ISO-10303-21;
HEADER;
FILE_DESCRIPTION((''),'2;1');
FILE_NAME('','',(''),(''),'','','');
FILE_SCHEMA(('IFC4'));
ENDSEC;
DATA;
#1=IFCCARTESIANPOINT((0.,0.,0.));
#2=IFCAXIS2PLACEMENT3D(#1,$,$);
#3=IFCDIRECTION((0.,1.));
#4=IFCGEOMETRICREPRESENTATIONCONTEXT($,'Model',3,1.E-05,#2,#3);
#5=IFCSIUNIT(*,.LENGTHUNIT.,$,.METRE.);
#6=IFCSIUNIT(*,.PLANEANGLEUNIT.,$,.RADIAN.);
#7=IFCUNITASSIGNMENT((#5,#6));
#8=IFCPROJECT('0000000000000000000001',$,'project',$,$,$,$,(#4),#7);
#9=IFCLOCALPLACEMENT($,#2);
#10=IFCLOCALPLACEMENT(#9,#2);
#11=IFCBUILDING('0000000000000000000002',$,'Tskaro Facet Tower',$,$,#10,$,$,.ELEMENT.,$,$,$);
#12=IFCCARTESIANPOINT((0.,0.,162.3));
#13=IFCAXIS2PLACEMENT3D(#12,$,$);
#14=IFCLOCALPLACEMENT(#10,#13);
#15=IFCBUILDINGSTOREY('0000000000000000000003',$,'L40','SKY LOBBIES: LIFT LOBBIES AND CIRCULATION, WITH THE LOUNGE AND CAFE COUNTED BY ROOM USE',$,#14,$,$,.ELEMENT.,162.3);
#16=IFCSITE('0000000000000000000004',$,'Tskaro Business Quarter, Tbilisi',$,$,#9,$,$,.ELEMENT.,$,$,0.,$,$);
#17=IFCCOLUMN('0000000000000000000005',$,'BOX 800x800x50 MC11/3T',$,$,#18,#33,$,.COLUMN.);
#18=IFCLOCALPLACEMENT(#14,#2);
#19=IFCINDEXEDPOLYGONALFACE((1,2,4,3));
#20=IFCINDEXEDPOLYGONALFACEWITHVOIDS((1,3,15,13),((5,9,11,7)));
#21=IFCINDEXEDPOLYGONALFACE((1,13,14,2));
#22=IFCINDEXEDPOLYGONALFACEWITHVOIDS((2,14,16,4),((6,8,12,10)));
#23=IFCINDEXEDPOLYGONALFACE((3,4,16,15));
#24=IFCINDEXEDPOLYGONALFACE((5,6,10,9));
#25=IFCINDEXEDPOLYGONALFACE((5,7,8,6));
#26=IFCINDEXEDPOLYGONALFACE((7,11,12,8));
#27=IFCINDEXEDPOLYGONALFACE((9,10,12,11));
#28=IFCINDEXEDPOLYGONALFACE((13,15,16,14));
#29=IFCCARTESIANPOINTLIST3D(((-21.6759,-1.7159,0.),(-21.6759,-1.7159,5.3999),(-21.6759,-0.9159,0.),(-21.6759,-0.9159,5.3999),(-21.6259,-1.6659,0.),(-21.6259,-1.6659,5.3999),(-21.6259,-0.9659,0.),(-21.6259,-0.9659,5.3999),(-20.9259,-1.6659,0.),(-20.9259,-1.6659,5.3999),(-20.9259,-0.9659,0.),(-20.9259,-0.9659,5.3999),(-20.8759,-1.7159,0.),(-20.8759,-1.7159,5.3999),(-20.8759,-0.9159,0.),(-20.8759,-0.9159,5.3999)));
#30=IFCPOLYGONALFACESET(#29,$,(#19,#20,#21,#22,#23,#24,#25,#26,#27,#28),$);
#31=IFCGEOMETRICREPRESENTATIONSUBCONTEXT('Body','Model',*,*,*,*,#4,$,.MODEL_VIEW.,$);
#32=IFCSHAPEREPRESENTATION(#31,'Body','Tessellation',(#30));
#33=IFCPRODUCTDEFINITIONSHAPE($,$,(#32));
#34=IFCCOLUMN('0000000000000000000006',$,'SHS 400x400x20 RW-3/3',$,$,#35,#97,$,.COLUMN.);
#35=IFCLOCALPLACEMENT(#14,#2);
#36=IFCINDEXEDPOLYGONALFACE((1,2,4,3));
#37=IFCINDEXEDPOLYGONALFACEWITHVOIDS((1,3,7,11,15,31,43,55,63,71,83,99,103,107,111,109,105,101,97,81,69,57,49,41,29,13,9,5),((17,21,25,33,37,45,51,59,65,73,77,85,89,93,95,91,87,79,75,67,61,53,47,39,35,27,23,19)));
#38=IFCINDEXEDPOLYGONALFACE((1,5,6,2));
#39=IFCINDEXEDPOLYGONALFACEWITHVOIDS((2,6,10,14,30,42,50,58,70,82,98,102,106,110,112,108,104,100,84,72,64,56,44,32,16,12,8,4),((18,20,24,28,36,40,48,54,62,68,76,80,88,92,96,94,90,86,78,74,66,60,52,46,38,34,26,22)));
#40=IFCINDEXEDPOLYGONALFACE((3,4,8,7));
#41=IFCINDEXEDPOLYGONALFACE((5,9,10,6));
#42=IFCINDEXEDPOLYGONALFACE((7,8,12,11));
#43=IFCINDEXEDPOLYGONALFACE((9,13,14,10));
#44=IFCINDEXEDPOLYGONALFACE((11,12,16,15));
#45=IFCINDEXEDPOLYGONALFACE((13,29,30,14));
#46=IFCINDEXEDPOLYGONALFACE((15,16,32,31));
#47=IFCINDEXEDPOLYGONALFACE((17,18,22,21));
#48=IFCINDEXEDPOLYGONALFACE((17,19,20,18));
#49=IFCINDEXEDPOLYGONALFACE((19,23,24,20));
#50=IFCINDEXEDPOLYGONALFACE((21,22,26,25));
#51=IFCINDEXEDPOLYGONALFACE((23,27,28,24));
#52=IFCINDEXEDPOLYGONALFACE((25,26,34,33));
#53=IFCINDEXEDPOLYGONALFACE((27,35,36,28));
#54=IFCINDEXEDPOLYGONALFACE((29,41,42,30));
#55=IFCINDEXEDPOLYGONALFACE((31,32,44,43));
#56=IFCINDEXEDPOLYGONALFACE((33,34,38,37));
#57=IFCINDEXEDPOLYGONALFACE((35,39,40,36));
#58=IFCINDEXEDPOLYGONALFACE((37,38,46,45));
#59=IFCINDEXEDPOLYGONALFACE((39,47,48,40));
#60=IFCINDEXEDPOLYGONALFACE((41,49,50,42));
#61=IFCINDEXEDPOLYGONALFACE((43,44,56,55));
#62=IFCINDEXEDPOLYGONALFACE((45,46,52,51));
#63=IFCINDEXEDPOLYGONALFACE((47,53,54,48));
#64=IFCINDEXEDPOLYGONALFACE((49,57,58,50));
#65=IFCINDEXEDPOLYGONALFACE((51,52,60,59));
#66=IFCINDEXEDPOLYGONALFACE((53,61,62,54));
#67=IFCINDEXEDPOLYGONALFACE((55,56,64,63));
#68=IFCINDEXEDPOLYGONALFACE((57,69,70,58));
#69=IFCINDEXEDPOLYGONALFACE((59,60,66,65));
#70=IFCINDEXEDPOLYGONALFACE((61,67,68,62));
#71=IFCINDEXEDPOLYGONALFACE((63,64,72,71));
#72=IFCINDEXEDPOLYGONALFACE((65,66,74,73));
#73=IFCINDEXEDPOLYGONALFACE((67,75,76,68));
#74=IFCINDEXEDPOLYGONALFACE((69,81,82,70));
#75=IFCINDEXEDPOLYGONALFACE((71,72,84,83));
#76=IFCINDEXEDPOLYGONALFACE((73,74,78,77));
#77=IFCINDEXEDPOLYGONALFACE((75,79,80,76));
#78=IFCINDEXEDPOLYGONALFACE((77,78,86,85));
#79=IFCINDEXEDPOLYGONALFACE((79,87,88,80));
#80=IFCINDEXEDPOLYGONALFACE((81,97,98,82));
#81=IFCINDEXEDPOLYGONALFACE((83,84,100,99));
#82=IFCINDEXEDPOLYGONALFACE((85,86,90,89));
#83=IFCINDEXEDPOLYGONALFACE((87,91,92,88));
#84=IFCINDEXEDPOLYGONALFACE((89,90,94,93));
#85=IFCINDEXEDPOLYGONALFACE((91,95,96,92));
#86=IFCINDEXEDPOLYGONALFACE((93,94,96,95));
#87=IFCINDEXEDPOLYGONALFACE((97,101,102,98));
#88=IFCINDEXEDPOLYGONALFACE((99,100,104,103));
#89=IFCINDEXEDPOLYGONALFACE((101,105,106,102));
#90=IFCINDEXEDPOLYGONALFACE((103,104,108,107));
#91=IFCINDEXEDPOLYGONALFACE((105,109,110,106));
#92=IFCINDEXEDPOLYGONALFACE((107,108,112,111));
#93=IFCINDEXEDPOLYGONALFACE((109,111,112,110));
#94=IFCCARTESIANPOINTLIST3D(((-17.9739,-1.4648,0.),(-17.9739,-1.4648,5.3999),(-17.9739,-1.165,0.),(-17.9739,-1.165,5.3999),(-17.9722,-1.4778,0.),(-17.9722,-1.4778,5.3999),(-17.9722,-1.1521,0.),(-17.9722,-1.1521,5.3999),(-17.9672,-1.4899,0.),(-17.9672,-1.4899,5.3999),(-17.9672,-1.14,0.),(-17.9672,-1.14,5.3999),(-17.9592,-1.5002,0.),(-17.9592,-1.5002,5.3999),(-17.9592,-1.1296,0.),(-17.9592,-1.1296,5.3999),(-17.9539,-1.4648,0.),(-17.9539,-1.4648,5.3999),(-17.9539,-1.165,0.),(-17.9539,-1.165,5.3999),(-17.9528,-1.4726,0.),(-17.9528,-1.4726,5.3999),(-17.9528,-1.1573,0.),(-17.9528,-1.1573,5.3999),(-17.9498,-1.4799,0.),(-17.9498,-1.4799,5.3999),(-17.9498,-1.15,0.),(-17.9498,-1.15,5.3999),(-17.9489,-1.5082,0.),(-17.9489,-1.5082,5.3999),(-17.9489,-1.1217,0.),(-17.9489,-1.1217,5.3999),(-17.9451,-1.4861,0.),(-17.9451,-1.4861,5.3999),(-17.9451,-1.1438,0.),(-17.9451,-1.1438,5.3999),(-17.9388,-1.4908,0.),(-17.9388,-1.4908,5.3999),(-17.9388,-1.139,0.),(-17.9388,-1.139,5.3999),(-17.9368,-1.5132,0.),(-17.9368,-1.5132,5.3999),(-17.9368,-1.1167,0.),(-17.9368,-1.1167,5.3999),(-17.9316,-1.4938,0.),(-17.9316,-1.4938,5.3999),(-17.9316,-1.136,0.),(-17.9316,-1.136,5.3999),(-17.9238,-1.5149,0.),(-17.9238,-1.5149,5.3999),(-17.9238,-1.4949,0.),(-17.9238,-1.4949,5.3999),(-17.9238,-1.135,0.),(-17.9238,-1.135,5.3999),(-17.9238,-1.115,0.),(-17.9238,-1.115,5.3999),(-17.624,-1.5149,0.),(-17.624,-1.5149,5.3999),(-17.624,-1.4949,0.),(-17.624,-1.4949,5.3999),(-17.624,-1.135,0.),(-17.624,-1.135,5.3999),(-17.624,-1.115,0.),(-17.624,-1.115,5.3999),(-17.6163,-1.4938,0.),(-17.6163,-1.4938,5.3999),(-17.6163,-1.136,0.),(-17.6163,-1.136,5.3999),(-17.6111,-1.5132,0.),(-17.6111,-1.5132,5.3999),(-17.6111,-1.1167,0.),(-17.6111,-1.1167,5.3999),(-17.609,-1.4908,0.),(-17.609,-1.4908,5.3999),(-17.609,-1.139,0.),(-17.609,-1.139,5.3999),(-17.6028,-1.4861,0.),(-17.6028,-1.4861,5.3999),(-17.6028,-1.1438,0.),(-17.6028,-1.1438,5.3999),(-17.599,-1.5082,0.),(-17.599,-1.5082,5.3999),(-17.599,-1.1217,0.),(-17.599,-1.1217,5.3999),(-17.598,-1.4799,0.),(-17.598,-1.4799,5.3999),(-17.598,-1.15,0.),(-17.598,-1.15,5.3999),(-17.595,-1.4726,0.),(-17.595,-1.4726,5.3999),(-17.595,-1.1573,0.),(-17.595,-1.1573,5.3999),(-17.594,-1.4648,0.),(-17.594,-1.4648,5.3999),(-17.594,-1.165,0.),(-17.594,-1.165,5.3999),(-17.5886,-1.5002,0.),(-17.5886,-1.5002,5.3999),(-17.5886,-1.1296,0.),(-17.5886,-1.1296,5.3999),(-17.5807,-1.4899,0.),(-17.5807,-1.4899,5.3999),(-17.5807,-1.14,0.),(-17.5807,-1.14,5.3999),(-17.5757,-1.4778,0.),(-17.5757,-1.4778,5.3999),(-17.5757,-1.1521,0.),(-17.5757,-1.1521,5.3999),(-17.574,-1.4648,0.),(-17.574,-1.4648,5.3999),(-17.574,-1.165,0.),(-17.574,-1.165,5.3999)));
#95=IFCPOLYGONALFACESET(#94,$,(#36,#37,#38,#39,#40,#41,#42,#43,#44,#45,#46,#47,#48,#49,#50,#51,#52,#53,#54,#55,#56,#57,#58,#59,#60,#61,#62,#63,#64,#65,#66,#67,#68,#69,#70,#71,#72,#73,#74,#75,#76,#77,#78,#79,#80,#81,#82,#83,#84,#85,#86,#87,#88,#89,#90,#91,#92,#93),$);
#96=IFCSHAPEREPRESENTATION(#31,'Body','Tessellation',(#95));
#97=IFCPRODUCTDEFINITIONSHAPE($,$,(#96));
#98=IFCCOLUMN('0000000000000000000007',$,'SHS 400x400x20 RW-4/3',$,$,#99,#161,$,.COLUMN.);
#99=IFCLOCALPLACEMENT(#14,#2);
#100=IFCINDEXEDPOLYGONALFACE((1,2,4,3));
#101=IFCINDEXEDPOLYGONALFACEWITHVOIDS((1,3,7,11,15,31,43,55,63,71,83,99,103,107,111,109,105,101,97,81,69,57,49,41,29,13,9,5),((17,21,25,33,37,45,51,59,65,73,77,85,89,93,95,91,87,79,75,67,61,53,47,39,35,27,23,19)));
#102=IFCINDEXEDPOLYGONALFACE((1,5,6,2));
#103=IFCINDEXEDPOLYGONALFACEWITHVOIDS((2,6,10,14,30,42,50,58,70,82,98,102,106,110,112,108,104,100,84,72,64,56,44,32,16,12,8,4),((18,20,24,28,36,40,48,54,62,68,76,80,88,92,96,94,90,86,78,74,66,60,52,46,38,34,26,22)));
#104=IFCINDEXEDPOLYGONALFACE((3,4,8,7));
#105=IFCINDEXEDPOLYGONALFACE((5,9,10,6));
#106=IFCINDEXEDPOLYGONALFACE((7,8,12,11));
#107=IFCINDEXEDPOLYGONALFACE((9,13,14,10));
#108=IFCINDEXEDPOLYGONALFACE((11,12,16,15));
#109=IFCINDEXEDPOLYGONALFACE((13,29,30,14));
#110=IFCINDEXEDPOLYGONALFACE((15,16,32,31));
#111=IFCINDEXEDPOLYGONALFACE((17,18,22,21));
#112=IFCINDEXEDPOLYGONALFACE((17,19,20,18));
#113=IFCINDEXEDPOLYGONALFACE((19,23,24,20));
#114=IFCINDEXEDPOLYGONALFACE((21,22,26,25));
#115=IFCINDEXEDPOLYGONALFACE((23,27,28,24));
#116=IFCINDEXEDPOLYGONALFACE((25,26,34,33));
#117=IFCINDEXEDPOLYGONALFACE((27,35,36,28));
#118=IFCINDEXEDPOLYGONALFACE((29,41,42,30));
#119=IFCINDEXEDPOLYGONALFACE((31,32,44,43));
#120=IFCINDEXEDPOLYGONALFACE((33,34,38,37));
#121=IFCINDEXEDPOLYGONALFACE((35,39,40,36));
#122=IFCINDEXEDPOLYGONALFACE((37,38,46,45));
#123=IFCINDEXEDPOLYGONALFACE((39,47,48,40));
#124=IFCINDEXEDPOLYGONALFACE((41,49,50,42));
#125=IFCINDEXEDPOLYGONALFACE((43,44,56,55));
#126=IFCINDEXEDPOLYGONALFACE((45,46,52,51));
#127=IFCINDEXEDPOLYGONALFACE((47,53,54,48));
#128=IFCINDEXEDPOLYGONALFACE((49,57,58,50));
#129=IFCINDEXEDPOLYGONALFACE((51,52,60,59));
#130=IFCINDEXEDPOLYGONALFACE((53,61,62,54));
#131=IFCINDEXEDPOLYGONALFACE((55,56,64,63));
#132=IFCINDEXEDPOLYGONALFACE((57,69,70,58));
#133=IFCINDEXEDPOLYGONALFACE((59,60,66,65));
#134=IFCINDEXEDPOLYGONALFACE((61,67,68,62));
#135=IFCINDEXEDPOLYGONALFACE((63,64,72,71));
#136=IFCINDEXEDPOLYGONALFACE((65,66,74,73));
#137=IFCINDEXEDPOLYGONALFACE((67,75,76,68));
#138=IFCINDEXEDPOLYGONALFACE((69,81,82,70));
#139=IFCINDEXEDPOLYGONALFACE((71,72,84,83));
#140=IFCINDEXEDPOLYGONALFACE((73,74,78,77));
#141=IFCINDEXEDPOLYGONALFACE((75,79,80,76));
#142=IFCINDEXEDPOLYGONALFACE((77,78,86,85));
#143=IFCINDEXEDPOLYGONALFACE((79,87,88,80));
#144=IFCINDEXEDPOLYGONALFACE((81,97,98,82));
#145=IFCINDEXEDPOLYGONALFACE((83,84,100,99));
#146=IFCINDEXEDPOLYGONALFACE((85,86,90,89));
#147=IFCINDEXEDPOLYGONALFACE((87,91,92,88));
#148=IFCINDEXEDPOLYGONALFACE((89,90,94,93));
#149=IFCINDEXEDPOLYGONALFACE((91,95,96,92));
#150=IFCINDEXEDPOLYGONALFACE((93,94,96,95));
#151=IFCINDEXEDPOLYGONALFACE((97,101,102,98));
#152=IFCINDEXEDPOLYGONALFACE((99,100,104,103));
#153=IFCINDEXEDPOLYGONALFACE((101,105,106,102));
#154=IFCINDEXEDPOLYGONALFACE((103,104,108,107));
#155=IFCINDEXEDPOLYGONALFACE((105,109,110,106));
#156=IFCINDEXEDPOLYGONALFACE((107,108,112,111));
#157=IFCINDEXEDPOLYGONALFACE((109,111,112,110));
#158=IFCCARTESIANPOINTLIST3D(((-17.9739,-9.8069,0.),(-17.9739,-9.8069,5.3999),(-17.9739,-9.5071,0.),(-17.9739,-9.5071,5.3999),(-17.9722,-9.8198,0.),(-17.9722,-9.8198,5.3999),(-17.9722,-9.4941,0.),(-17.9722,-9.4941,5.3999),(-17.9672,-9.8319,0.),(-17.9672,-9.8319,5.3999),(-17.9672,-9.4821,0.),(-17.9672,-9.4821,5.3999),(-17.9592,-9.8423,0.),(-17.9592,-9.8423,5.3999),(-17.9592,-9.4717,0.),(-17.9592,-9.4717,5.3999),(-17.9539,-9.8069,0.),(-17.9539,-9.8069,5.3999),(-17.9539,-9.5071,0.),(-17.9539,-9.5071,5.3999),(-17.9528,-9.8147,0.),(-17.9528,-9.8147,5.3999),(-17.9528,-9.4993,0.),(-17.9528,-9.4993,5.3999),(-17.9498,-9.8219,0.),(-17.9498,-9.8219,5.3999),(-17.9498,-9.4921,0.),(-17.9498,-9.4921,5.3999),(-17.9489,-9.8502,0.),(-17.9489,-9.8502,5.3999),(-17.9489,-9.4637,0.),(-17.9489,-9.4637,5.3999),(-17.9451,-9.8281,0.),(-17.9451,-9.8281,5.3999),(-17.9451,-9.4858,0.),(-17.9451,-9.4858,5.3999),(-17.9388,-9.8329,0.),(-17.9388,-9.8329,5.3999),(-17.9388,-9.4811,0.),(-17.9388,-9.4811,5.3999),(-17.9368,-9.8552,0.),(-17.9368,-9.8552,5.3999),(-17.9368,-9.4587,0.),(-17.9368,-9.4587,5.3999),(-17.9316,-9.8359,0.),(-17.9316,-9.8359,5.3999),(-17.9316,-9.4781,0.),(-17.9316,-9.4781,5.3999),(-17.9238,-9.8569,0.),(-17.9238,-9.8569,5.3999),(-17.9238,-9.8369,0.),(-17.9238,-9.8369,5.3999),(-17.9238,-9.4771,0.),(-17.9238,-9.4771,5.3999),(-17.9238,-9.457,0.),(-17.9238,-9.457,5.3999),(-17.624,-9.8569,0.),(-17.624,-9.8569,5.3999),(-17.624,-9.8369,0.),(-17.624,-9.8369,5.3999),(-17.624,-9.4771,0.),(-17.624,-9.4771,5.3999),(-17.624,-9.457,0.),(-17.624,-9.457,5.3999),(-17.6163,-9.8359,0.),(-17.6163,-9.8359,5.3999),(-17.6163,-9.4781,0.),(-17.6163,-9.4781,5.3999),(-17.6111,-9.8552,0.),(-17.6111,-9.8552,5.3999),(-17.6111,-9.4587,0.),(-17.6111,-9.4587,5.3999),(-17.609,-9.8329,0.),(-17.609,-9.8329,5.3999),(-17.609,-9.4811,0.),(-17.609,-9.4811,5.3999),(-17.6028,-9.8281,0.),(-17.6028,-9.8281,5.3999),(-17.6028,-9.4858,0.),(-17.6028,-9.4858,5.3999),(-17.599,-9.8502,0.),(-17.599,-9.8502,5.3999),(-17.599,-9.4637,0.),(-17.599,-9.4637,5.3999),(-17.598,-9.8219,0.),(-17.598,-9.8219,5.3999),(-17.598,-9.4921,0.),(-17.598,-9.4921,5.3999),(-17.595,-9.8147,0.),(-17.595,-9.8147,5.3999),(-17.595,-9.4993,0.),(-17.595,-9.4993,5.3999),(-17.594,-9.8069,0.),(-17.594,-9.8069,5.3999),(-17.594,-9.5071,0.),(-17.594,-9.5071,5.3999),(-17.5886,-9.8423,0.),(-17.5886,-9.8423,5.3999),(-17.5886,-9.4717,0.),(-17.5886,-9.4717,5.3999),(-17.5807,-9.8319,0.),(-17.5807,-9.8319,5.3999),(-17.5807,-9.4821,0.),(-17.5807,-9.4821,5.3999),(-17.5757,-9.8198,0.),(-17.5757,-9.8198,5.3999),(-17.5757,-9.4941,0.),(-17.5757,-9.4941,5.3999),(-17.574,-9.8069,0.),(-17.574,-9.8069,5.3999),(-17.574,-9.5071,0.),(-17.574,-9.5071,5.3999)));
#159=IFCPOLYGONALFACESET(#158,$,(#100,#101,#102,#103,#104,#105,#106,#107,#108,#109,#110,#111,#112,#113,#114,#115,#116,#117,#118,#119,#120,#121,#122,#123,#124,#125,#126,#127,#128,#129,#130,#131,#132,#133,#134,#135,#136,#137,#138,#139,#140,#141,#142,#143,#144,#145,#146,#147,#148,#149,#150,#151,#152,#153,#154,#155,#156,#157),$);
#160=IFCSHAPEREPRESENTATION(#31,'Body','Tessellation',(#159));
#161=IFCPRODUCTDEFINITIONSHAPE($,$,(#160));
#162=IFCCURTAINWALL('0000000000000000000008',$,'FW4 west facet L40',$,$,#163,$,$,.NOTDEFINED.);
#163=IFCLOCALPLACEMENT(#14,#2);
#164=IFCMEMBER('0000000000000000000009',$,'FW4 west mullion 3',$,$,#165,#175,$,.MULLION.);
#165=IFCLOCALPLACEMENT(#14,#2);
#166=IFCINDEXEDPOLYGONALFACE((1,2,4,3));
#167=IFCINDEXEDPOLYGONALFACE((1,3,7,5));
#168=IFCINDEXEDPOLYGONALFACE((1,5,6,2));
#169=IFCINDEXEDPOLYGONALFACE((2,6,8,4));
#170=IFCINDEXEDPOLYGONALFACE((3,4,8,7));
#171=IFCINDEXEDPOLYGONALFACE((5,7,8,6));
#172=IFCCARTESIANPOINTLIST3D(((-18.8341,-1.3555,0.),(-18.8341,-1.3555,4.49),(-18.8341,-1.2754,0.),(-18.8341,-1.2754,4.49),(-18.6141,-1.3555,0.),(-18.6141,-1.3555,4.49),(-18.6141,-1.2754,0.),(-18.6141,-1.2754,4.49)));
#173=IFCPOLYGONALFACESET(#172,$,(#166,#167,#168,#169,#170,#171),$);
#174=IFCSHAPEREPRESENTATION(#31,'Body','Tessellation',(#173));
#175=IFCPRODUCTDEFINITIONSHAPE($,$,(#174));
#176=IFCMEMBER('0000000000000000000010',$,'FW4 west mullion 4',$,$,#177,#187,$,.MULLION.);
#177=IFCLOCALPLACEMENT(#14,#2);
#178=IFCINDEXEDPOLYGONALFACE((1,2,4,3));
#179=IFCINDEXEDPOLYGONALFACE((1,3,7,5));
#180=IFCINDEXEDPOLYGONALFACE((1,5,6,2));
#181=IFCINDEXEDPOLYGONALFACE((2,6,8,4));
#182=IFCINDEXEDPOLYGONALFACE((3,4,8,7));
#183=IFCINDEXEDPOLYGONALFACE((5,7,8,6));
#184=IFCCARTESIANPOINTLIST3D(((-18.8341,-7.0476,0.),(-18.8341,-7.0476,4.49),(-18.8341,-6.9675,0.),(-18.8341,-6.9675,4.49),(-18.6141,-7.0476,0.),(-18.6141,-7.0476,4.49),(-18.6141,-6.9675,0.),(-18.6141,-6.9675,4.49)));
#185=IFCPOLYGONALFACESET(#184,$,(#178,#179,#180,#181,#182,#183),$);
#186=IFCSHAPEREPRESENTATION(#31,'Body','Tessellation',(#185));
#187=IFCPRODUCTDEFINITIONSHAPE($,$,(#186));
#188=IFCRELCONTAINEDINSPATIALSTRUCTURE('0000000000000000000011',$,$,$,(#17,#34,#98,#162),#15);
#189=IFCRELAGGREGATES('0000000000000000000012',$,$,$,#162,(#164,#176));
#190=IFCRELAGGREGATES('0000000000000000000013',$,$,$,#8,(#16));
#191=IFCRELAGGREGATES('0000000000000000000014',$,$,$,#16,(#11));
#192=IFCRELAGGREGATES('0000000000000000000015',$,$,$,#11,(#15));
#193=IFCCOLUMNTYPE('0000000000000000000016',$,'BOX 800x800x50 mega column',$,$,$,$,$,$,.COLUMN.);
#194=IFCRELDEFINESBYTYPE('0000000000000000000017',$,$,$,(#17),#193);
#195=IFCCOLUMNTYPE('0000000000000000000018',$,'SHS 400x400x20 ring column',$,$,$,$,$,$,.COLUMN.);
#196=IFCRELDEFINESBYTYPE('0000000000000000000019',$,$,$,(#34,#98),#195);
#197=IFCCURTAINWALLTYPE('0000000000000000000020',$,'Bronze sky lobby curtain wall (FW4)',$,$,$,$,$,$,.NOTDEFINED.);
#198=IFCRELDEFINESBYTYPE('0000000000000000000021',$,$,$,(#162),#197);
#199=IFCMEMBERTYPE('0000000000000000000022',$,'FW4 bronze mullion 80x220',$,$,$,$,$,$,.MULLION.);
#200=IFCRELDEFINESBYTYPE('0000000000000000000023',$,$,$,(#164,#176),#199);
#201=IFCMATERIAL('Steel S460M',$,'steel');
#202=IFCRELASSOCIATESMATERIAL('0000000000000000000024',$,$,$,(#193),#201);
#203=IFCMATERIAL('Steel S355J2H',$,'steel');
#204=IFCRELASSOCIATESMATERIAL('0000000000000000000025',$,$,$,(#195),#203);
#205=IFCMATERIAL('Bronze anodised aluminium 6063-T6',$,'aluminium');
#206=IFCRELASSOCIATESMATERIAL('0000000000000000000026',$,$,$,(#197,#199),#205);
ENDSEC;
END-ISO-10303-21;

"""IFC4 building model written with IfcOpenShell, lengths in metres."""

from ifc_helpers import new_model, si_unit, direction, frame, origin, origin_2d, place, context, subcontext, project, spatial, rectangle, hollow_rectangle, extrude, material, material_profile, profile_set, type_object, element, aggregate, save


model = new_model("IFC4")

# Units and contexts
model_context = context("Model", 3, precision=1e-05, world=origin(), true_north=direction((0.0, 1.0)))
body_context = subcontext(model_context, "Body", "Model", "MODEL_VIEW")
ifc_project = project(units=[si_unit("LENGTHUNIT", "METRE"), si_unit("PLANEANGLEUNIT", "RADIAN")], contexts=[model_context])

# Site, building, storey
site_placement = place(None, origin())
site = spatial("IfcSite", under=ifc_project, at=site_placement, Name="Tskaro Business Quarter, Tbilisi", CompositionType="ELEMENT", RefElevation=0.0)
building_placement = place(site_placement, origin())
building = spatial("IfcBuilding", under=site, at=building_placement, Name="Tskaro Facet Tower", CompositionType="ELEMENT")
storey_placement = place(building_placement, frame((0.0, 0.0, 162.3)))
storey = spatial("IfcBuildingStorey", under=building, at=storey_placement, Name="L40", Description="SKY LOBBIES: LIFT LOBBIES AND CIRCULATION, WITH THE LOUNGE AND CAFE COUNTED BY ROOM USE", CompositionType="ELEMENT", Elevation=162.3)

# Columns
ifc_material_1 = material(Name="Steel S460M", Category="steel")
ifc_material_profile_1 = material_profile(ifc_material_1, hollow_rectangle(XDim=0.8, YDim=0.8, WallThickness=0.05, at=origin_2d()), Name="BOX 800x800x50")
ifc_profile_set_1 = profile_set([ifc_material_profile_1], Name="Steel S460M")
column_type_1 = type_object("IfcColumnType", Name="BOX 800x800x50 mega column", PredefinedType="COLUMN", material=ifc_profile_set_1)
column_placement = place(storey_placement, frame((-21.2759, -1.3159, 0.0), z_axis=(0.0, 0.0, 1.0), x_axis=(1.0, 0.0, 0.0)))
element("IfcColumn", 1, at=column_placement, inside=storey, type_object=column_type_1, Name="BOX 800x800x50 MC11/3T", PredefinedType="COLUMN", context=body_context, shape_type="SweptSolid", body=[
    extrude(hollow_rectangle(XDim=0.8, YDim=0.8, WallThickness=0.05, at=origin_2d()), origin(), (0.0, 0.0, 1.0), 5.3999),
])
ifc_material_2 = material(Name="Steel S355J2H", Category="steel")
ifc_material_profile_2 = material_profile(ifc_material_2, hollow_rectangle(XDim=0.3999, YDim=0.3999, WallThickness=0.02, InnerFilletRadius=0.03, OuterFilletRadius=0.05, at=origin_2d()), Name="SHS 400x400x20")
ifc_profile_set_2 = profile_set([ifc_material_profile_2], Name="Steel S355J2H")
column_type_2 = type_object("IfcColumnType", Name="SHS 400x400x20 ring column", PredefinedType="COLUMN", material=ifc_profile_set_2)
for number, where, z_axis, x_axis, name in (
    (2, (-17.7739, -1.3149, 0.0), (0.0, 0.0, 1.0), (1.0, 0.0, 0.0), "SHS 400x400x20 RW-3/3"),
    (3, (-17.7739, -9.657, 0.0), (0.0, 0.0, 1.0), (1.0, 0.0, 0.0), "SHS 400x400x20 RW-4/3"),
):
    element("IfcColumn", number, at=place(storey_placement, frame(where, z_axis=z_axis, x_axis=x_axis)), inside=storey, type_object=column_type_2, Name=name, PredefinedType="COLUMN", context=body_context, shape_type="SweptSolid", body=[
        extrude(hollow_rectangle(XDim=0.3999, YDim=0.3999, WallThickness=0.02, InnerFilletRadius=0.03, OuterFilletRadius=0.05, at=origin_2d()), origin(), (0.0, 0.0, 1.0), 5.3999),
    ])

# Curtain wall, members
ifc_material_3 = material(Name="Bronze anodised aluminium 6063-T6", Category="aluminium")
curtain_wall_type = type_object("IfcCurtainWallType", Name="Bronze sky lobby curtain wall (FW4)", PredefinedType="NOTDEFINED", material=ifc_material_3)
curtain_wall_placement = place(storey_placement, origin())
curtain_wall = element("IfcCurtainWall", 4, at=curtain_wall_placement, inside=storey, type_object=curtain_wall_type, Name="FW4 west facet L40", PredefinedType="NOTDEFINED")
ifc_material_profile_3 = material_profile(ifc_material_3, rectangle(XDim=0.0801, YDim=0.22, at=origin_2d()), Name="Mullion 80x220")
ifc_profile_set_3 = profile_set([ifc_material_profile_3], Name="Bronze anodised aluminium 6063-T6")
member_type_1 = type_object("IfcMemberType", Name="FW4 bronze mullion 80x220", PredefinedType="MULLION", material=ifc_profile_set_3)
member_1_placement = place(storey_placement, frame((-18.7241, -1.3154, 0.0), z_axis=(0.0, 0.0, 1.0), x_axis=(0.0, -1.0, 0.0)))
member_1 = element("IfcMember", 5, at=member_1_placement, type_object=member_type_1, Name="FW4 west mullion 3", PredefinedType="MULLION", context=body_context, shape_type="SweptSolid", body=[
    extrude(rectangle(XDim=0.0801, YDim=0.22, at=origin_2d()), origin(), (0.0, 0.0, 1.0), 4.49),
])
member_2_placement = place(storey_placement, frame((-18.7241, -7.0076, 0.0), z_axis=(0.0, 0.0, 1.0), x_axis=(0.0, -1.0, 0.0)))
member_2 = element("IfcMember", 6, at=member_2_placement, type_object=member_type_1, Name="FW4 west mullion 4", PredefinedType="MULLION", context=body_context, shape_type="SweptSolid", body=[
    extrude(rectangle(XDim=0.0801, YDim=0.22, at=origin_2d()), origin(), (0.0, 0.0, 1.0), 4.49),
])

aggregate(curtain_wall, [member_1, member_2])

save(model, "model.ifc")
